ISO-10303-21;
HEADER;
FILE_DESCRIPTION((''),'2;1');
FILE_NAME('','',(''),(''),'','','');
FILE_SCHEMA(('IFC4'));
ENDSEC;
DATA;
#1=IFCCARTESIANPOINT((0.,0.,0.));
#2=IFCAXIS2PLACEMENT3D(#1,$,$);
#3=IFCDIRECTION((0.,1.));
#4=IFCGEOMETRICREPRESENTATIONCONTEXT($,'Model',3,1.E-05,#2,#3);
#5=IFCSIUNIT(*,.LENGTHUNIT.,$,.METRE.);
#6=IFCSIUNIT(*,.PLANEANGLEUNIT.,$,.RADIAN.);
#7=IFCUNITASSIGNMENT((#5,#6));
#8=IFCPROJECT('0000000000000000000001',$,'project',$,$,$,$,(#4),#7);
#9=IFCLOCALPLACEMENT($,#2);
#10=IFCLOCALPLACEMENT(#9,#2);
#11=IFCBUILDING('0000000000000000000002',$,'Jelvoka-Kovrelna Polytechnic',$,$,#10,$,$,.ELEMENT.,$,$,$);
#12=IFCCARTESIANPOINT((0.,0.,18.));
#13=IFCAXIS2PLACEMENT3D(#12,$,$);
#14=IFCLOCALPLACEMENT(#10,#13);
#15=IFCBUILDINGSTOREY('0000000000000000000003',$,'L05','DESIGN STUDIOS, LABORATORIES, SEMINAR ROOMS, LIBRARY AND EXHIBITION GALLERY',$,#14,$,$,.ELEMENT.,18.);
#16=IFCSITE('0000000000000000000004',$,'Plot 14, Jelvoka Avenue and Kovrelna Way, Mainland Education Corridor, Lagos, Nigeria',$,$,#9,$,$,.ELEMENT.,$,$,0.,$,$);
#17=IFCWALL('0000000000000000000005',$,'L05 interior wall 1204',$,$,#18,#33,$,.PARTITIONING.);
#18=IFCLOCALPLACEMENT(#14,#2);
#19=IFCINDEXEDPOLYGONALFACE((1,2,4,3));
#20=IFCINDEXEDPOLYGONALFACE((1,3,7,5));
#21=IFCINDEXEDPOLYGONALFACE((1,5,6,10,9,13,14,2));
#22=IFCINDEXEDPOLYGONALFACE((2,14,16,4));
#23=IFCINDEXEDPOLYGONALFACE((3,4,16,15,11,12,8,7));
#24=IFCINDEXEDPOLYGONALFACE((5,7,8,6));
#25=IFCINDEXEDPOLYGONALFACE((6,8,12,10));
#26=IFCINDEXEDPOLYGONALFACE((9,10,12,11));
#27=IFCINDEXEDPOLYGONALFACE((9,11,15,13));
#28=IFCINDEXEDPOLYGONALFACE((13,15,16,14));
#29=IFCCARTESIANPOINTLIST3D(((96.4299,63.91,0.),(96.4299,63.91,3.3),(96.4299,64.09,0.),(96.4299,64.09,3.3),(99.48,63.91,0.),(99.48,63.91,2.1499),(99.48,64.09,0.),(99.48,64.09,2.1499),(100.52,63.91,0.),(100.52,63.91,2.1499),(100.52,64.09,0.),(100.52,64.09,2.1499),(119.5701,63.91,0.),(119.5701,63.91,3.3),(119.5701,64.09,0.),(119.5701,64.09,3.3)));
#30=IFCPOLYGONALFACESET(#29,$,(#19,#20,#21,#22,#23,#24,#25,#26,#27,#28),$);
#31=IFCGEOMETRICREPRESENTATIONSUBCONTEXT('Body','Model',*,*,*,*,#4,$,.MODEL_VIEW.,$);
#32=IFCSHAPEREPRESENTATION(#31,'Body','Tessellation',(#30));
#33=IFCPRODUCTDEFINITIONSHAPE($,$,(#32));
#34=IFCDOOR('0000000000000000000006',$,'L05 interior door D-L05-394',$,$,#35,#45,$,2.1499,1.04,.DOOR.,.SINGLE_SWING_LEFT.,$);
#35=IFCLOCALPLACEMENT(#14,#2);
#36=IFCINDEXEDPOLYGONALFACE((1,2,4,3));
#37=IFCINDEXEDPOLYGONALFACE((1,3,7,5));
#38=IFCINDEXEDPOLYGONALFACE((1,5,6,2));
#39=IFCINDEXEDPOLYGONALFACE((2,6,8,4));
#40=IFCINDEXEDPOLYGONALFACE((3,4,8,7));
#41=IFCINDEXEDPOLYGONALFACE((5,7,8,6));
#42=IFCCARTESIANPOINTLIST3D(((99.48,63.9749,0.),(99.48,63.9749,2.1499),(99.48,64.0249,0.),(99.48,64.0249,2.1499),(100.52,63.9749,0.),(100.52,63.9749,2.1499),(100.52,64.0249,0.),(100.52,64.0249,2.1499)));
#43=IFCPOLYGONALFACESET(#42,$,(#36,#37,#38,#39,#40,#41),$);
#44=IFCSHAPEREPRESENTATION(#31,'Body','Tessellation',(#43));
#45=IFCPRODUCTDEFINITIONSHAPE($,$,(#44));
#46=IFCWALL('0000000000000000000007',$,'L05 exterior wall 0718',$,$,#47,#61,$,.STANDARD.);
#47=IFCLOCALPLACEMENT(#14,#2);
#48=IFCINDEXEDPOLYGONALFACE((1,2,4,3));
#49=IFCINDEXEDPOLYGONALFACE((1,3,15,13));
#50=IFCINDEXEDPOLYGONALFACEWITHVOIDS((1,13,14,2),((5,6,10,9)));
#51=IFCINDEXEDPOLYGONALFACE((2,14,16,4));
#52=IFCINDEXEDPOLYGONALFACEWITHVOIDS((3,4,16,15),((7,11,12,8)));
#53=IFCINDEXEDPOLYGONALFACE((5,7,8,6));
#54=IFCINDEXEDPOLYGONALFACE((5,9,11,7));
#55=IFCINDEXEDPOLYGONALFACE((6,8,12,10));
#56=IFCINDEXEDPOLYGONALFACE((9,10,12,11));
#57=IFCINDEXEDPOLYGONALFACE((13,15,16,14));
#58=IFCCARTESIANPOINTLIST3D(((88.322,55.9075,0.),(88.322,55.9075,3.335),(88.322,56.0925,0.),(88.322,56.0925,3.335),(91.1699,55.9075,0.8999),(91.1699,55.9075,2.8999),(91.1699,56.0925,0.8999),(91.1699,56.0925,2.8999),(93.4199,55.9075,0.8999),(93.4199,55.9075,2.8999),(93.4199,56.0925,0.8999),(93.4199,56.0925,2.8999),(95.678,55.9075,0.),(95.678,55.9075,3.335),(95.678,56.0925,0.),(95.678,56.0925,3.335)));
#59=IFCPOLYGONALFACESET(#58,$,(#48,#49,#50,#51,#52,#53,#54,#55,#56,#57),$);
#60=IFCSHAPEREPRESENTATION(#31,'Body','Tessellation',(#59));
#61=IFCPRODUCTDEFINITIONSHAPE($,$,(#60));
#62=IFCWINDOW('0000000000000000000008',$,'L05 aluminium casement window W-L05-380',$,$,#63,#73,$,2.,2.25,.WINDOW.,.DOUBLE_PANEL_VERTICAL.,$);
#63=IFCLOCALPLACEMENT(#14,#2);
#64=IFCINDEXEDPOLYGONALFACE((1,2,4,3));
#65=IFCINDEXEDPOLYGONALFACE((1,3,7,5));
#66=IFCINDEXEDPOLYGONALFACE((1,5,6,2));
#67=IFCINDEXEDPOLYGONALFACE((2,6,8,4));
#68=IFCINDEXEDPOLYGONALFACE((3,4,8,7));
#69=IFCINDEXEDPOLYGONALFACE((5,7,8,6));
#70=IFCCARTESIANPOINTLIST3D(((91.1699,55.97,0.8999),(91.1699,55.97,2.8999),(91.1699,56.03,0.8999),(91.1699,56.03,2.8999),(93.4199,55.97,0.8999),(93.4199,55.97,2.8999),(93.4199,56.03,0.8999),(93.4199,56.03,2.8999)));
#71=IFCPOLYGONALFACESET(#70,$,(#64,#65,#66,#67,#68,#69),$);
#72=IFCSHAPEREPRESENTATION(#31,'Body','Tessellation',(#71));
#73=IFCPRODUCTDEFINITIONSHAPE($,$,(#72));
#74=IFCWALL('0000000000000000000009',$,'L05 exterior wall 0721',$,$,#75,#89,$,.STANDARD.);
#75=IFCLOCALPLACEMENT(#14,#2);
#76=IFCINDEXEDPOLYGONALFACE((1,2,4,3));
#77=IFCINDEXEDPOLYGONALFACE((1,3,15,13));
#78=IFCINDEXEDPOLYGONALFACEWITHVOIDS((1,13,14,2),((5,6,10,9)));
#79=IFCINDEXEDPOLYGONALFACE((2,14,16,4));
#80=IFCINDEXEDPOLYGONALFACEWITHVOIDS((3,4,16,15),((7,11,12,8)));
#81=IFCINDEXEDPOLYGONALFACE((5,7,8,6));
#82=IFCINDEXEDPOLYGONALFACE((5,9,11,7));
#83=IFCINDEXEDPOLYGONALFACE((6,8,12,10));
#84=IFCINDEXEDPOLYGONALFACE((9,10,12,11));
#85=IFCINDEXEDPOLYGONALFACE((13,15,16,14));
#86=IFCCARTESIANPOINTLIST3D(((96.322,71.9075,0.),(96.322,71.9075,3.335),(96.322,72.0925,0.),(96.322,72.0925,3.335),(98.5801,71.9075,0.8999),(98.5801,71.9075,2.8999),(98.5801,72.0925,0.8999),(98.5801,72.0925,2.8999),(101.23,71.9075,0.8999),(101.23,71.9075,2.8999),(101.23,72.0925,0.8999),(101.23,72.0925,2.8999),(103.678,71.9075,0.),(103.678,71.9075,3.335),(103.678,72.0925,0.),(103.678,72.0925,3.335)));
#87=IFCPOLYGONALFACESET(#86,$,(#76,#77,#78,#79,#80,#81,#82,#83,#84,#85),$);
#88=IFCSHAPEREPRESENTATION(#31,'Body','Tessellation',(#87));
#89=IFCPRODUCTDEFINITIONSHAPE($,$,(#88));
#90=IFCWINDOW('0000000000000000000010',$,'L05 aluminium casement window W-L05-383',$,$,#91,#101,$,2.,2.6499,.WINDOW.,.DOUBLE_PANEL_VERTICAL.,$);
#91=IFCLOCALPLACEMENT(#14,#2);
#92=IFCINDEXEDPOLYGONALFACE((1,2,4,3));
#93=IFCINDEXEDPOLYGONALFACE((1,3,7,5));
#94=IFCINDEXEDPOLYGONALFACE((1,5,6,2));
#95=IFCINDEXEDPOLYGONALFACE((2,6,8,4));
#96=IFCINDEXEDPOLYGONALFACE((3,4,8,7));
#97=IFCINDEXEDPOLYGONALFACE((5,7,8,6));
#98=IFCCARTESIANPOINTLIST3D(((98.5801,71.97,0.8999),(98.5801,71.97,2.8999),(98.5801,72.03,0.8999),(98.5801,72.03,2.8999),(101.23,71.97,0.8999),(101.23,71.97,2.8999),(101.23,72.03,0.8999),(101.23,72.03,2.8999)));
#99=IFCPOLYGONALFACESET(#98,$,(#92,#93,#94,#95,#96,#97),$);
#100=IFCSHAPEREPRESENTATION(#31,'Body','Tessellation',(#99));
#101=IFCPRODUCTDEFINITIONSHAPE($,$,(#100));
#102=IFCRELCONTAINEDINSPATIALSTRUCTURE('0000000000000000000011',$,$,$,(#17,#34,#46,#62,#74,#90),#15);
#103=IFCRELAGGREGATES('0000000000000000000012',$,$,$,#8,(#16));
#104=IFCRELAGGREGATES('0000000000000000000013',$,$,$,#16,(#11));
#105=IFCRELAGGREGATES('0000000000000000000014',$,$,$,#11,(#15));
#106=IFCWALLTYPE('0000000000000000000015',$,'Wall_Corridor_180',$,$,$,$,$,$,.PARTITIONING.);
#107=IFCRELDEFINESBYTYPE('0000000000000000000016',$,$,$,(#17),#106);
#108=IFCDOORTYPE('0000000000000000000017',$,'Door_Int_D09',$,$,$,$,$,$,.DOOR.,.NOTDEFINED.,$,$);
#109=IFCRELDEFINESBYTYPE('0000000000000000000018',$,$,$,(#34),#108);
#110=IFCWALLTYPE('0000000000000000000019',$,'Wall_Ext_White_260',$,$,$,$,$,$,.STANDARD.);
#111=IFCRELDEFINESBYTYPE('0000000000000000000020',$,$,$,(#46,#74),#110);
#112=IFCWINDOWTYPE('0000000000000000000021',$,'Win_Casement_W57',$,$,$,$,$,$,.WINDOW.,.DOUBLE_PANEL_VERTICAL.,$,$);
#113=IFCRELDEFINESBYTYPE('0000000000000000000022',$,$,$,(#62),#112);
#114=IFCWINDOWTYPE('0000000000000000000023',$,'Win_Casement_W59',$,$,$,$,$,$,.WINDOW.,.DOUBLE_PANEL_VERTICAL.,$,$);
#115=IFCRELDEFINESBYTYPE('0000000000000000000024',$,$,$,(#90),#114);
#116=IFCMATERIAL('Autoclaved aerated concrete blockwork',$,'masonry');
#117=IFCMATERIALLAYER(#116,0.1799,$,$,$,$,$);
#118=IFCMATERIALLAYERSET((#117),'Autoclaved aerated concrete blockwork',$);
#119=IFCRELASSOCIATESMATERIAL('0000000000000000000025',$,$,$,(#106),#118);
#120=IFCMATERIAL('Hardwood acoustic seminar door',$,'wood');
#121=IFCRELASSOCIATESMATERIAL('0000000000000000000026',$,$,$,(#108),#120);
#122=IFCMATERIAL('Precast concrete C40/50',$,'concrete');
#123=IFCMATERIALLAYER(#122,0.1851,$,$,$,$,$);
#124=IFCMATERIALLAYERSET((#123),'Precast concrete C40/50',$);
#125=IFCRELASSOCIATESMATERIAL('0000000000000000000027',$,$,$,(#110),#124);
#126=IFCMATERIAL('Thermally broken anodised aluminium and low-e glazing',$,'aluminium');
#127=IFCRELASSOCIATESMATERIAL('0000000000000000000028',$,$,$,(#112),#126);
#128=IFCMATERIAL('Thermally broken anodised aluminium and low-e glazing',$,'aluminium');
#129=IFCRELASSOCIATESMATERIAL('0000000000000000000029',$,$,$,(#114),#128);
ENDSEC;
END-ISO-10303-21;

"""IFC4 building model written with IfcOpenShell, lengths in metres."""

from ifc_helpers import new_model, si_unit, direction, frame, frame_2d, origin, place, context, subcontext, project, spatial, rectangle, extrude, material, layer, layer_set, type_object, element, fill, save


model = new_model("IFC4")

# Units and contexts
model_context = context("Model", 3, precision=1e-05, world=origin(), true_north=direction((0.0, 1.0)))
body_context = subcontext(model_context, "Body", "Model", "MODEL_VIEW")
ifc_project = project(units=[si_unit("LENGTHUNIT", "METRE"), si_unit("PLANEANGLEUNIT", "RADIAN")], contexts=[model_context])

# Site, building, storey
site_placement = place(None, origin())
site = spatial("IfcSite", under=ifc_project, at=site_placement, Name="Plot 14, Jelvoka Avenue and Kovrelna Way, Mainland Education Corridor, Lagos, Nigeria", CompositionType="ELEMENT", RefElevation=0.0)
building_placement = place(site_placement, origin())
building = spatial("IfcBuilding", under=site, at=building_placement, Name="Jelvoka-Kovrelna Polytechnic", CompositionType="ELEMENT")
storey_placement = place(building_placement, frame((0.0, 0.0, 18.0)))
storey = spatial("IfcBuildingStorey", under=building, at=storey_placement, Name="L05", Description="DESIGN STUDIOS, LABORATORIES, SEMINAR ROOMS, LIBRARY AND EXHIBITION GALLERY", CompositionType="ELEMENT", Elevation=18.0)

# Wall, opening, door
ifc_material_1 = material(Name="Autoclaved aerated concrete blockwork", Category="masonry")
ifc_layer_1 = layer(ifc_material_1, 0.1799)
ifc_layer_set_1 = layer_set([ifc_layer_1], Name="Autoclaved aerated concrete blockwork")
wall_type_1 = type_object("IfcWallType", Name="Wall_Corridor_180", PredefinedType="PARTITIONING", material=ifc_layer_set_1)
wall_1_placement = place(storey_placement, frame((96.4299, 64.0, 0.0), z_axis=(0.0, 0.0, 1.0), x_axis=(1.0, 0.0, 0.0)))
wall_1 = element("IfcWall", 1, at=wall_1_placement, inside=storey, type_object=wall_type_1, Name="L05 interior wall 1204", PredefinedType="PARTITIONING", context=body_context, shape_type="SweptSolid", body=[
    extrude(rectangle(XDim=23.1401, YDim=0.1799, at=frame_2d((11.5701, 0.0))), origin(), (0.0, 0.0, 1.0), 3.3),
])
opening_1_placement = place(wall_1_placement, frame((3.05, 0.0, 0.0)))
opening_1 = element("IfcOpeningElement", 2, at=opening_1_placement, cuts=wall_1, PredefinedType="OPENING", context=body_context, shape_type="SweptSolid", body=[
    extrude(rectangle(XDim=1.04, YDim=2.1499, at=frame_2d((0.52, 1.075))), frame((0.0, 0.0999, 0.0), z_axis=(0.0, -1.0, 0.0), x_axis=(1.0, 0.0, 0.0)), (0.0, 0.0, 1.0), 0.2),
])
ifc_material_2 = material(Name="Hardwood acoustic seminar door", Category="wood")
door_type = type_object("IfcDoorType", Name="Door_Int_D09", OperationType="NOTDEFINED", PredefinedType="DOOR", material=ifc_material_2)
door_placement = place(opening_1_placement, origin())
door = element("IfcDoor", 3, at=door_placement, inside=storey, type_object=door_type, Name="L05 interior door D-L05-394", OperationType="SINGLE_SWING_LEFT", OverallHeight=2.1499, OverallWidth=1.04, PredefinedType="DOOR", context=body_context, shape_type="SweptSolid", body=[
    extrude(rectangle(XDim=1.04, YDim=2.1499, at=frame_2d((0.52, 1.075))), frame((0.0, 0.0249, 0.0), z_axis=(0.0, -1.0, 0.0), x_axis=(1.0, 0.0, 0.0)), (0.0, 0.0, 1.0), 0.05),
])
fill(opening_1, door)

# Walls, openings, windows
ifc_material_3 = material(Name="Precast concrete C40/50", Category="concrete")
ifc_layer_2 = layer(ifc_material_3, 0.1851)
ifc_layer_set_2 = layer_set([ifc_layer_2], Name="Precast concrete C40/50")
wall_type_2 = type_object("IfcWallType", Name="Wall_Ext_White_260", PredefinedType="STANDARD", material=ifc_layer_set_2)
wall_2_placement = place(storey_placement, frame((95.678, 56.0, 0.0), z_axis=(0.0, 0.0, 1.0), x_axis=(-1.0, 0.0, 0.0)))
wall_2 = element("IfcWall", 4, at=wall_2_placement, inside=storey, type_object=wall_type_2, Name="L05 exterior wall 0718", PredefinedType="STANDARD", context=body_context, shape_type="SweptSolid", body=[
    extrude(rectangle(XDim=7.356, YDim=0.1851, at=frame_2d((3.678, 0.0))), origin(), (0.0, 0.0, 1.0), 3.335),
])
opening_2_placement = place(wall_2_placement, frame((2.2581, 0.0, 0.8999)))
opening_2 = element("IfcOpeningElement", 5, at=opening_2_placement, cuts=wall_2, PredefinedType="OPENING", context=body_context, shape_type="SweptSolid", body=[
    extrude(rectangle(XDim=2.25, YDim=2.0, at=frame_2d((1.125, 1.0))), frame((0.0, 0.1025, 0.0), z_axis=(0.0, -1.0, 0.0), x_axis=(1.0, 0.0, 0.0)), (0.0, 0.0, 1.0), 0.2051),
])
ifc_material_4 = material(Name="Thermally broken anodised aluminium and low-e glazing", Category="aluminium")
window_type_1 = type_object("IfcWindowType", Name="Win_Casement_W57", PartitioningType="DOUBLE_PANEL_VERTICAL", PredefinedType="WINDOW", material=ifc_material_4)
window_1_placement = place(opening_2_placement, origin())
window_1 = element("IfcWindow", 6, at=window_1_placement, inside=storey, type_object=window_type_1, Name="L05 aluminium casement window W-L05-380", OverallHeight=2.0, OverallWidth=2.25, PartitioningType="DOUBLE_PANEL_VERTICAL", PredefinedType="WINDOW", context=body_context, shape_type="SweptSolid", body=[
    extrude(rectangle(XDim=2.25, YDim=2.0, at=frame_2d((1.125, 1.0))), frame((0.0, 0.03, 0.0), z_axis=(0.0, -1.0, 0.0), x_axis=(1.0, 0.0, 0.0)), (0.0, 0.0, 1.0), 0.0601),
])
fill(opening_2, window_1)
wall_3_placement = place(storey_placement, frame((96.322, 72.0, 0.0), z_axis=(0.0, 0.0, 1.0), x_axis=(1.0, 0.0, 0.0)))
wall_3 = element("IfcWall", 7, at=wall_3_placement, inside=storey, type_object=wall_type_2, Name="L05 exterior wall 0721", PredefinedType="STANDARD", context=body_context, shape_type="SweptSolid", body=[
    extrude(rectangle(XDim=7.356, YDim=0.1851, at=frame_2d((3.678, 0.0))), origin(), (0.0, 0.0, 1.0), 3.335),
])
opening_3_placement = place(wall_3_placement, frame((2.2581, 0.0, 0.8999)))
opening_3 = element("IfcOpeningElement", 8, at=opening_3_placement, cuts=wall_3, PredefinedType="OPENING", context=body_context, shape_type="SweptSolid", body=[
    extrude(rectangle(XDim=2.6499, YDim=2.0, at=frame_2d((1.325, 1.0))), frame((0.0, 0.1025, 0.0), z_axis=(0.0, -1.0, 0.0), x_axis=(1.0, 0.0, 0.0)), (0.0, 0.0, 1.0), 0.2051),
])
ifc_material_5 = material(Name="Thermally broken anodised aluminium and low-e glazing", Category="aluminium")
window_type_2 = type_object("IfcWindowType", Name="Win_Casement_W59", PartitioningType="DOUBLE_PANEL_VERTICAL", PredefinedType="WINDOW", material=ifc_material_5)
window_2_placement = place(opening_3_placement, origin())
window_2 = element("IfcWindow", 9, at=window_2_placement, inside=storey, type_object=window_type_2, Name="L05 aluminium casement window W-L05-383", OverallHeight=2.0, OverallWidth=2.6499, PartitioningType="DOUBLE_PANEL_VERTICAL", PredefinedType="WINDOW", context=body_context, shape_type="SweptSolid", body=[
    extrude(rectangle(XDim=2.6499, YDim=2.0, at=frame_2d((1.325, 1.0))), frame((0.0, 0.03, 0.0), z_axis=(0.0, -1.0, 0.0), x_axis=(1.0, 0.0, 0.0)), (0.0, 0.0, 1.0), 0.0601),
])
fill(opening_3, window_2)

save(model, "model.ifc")
